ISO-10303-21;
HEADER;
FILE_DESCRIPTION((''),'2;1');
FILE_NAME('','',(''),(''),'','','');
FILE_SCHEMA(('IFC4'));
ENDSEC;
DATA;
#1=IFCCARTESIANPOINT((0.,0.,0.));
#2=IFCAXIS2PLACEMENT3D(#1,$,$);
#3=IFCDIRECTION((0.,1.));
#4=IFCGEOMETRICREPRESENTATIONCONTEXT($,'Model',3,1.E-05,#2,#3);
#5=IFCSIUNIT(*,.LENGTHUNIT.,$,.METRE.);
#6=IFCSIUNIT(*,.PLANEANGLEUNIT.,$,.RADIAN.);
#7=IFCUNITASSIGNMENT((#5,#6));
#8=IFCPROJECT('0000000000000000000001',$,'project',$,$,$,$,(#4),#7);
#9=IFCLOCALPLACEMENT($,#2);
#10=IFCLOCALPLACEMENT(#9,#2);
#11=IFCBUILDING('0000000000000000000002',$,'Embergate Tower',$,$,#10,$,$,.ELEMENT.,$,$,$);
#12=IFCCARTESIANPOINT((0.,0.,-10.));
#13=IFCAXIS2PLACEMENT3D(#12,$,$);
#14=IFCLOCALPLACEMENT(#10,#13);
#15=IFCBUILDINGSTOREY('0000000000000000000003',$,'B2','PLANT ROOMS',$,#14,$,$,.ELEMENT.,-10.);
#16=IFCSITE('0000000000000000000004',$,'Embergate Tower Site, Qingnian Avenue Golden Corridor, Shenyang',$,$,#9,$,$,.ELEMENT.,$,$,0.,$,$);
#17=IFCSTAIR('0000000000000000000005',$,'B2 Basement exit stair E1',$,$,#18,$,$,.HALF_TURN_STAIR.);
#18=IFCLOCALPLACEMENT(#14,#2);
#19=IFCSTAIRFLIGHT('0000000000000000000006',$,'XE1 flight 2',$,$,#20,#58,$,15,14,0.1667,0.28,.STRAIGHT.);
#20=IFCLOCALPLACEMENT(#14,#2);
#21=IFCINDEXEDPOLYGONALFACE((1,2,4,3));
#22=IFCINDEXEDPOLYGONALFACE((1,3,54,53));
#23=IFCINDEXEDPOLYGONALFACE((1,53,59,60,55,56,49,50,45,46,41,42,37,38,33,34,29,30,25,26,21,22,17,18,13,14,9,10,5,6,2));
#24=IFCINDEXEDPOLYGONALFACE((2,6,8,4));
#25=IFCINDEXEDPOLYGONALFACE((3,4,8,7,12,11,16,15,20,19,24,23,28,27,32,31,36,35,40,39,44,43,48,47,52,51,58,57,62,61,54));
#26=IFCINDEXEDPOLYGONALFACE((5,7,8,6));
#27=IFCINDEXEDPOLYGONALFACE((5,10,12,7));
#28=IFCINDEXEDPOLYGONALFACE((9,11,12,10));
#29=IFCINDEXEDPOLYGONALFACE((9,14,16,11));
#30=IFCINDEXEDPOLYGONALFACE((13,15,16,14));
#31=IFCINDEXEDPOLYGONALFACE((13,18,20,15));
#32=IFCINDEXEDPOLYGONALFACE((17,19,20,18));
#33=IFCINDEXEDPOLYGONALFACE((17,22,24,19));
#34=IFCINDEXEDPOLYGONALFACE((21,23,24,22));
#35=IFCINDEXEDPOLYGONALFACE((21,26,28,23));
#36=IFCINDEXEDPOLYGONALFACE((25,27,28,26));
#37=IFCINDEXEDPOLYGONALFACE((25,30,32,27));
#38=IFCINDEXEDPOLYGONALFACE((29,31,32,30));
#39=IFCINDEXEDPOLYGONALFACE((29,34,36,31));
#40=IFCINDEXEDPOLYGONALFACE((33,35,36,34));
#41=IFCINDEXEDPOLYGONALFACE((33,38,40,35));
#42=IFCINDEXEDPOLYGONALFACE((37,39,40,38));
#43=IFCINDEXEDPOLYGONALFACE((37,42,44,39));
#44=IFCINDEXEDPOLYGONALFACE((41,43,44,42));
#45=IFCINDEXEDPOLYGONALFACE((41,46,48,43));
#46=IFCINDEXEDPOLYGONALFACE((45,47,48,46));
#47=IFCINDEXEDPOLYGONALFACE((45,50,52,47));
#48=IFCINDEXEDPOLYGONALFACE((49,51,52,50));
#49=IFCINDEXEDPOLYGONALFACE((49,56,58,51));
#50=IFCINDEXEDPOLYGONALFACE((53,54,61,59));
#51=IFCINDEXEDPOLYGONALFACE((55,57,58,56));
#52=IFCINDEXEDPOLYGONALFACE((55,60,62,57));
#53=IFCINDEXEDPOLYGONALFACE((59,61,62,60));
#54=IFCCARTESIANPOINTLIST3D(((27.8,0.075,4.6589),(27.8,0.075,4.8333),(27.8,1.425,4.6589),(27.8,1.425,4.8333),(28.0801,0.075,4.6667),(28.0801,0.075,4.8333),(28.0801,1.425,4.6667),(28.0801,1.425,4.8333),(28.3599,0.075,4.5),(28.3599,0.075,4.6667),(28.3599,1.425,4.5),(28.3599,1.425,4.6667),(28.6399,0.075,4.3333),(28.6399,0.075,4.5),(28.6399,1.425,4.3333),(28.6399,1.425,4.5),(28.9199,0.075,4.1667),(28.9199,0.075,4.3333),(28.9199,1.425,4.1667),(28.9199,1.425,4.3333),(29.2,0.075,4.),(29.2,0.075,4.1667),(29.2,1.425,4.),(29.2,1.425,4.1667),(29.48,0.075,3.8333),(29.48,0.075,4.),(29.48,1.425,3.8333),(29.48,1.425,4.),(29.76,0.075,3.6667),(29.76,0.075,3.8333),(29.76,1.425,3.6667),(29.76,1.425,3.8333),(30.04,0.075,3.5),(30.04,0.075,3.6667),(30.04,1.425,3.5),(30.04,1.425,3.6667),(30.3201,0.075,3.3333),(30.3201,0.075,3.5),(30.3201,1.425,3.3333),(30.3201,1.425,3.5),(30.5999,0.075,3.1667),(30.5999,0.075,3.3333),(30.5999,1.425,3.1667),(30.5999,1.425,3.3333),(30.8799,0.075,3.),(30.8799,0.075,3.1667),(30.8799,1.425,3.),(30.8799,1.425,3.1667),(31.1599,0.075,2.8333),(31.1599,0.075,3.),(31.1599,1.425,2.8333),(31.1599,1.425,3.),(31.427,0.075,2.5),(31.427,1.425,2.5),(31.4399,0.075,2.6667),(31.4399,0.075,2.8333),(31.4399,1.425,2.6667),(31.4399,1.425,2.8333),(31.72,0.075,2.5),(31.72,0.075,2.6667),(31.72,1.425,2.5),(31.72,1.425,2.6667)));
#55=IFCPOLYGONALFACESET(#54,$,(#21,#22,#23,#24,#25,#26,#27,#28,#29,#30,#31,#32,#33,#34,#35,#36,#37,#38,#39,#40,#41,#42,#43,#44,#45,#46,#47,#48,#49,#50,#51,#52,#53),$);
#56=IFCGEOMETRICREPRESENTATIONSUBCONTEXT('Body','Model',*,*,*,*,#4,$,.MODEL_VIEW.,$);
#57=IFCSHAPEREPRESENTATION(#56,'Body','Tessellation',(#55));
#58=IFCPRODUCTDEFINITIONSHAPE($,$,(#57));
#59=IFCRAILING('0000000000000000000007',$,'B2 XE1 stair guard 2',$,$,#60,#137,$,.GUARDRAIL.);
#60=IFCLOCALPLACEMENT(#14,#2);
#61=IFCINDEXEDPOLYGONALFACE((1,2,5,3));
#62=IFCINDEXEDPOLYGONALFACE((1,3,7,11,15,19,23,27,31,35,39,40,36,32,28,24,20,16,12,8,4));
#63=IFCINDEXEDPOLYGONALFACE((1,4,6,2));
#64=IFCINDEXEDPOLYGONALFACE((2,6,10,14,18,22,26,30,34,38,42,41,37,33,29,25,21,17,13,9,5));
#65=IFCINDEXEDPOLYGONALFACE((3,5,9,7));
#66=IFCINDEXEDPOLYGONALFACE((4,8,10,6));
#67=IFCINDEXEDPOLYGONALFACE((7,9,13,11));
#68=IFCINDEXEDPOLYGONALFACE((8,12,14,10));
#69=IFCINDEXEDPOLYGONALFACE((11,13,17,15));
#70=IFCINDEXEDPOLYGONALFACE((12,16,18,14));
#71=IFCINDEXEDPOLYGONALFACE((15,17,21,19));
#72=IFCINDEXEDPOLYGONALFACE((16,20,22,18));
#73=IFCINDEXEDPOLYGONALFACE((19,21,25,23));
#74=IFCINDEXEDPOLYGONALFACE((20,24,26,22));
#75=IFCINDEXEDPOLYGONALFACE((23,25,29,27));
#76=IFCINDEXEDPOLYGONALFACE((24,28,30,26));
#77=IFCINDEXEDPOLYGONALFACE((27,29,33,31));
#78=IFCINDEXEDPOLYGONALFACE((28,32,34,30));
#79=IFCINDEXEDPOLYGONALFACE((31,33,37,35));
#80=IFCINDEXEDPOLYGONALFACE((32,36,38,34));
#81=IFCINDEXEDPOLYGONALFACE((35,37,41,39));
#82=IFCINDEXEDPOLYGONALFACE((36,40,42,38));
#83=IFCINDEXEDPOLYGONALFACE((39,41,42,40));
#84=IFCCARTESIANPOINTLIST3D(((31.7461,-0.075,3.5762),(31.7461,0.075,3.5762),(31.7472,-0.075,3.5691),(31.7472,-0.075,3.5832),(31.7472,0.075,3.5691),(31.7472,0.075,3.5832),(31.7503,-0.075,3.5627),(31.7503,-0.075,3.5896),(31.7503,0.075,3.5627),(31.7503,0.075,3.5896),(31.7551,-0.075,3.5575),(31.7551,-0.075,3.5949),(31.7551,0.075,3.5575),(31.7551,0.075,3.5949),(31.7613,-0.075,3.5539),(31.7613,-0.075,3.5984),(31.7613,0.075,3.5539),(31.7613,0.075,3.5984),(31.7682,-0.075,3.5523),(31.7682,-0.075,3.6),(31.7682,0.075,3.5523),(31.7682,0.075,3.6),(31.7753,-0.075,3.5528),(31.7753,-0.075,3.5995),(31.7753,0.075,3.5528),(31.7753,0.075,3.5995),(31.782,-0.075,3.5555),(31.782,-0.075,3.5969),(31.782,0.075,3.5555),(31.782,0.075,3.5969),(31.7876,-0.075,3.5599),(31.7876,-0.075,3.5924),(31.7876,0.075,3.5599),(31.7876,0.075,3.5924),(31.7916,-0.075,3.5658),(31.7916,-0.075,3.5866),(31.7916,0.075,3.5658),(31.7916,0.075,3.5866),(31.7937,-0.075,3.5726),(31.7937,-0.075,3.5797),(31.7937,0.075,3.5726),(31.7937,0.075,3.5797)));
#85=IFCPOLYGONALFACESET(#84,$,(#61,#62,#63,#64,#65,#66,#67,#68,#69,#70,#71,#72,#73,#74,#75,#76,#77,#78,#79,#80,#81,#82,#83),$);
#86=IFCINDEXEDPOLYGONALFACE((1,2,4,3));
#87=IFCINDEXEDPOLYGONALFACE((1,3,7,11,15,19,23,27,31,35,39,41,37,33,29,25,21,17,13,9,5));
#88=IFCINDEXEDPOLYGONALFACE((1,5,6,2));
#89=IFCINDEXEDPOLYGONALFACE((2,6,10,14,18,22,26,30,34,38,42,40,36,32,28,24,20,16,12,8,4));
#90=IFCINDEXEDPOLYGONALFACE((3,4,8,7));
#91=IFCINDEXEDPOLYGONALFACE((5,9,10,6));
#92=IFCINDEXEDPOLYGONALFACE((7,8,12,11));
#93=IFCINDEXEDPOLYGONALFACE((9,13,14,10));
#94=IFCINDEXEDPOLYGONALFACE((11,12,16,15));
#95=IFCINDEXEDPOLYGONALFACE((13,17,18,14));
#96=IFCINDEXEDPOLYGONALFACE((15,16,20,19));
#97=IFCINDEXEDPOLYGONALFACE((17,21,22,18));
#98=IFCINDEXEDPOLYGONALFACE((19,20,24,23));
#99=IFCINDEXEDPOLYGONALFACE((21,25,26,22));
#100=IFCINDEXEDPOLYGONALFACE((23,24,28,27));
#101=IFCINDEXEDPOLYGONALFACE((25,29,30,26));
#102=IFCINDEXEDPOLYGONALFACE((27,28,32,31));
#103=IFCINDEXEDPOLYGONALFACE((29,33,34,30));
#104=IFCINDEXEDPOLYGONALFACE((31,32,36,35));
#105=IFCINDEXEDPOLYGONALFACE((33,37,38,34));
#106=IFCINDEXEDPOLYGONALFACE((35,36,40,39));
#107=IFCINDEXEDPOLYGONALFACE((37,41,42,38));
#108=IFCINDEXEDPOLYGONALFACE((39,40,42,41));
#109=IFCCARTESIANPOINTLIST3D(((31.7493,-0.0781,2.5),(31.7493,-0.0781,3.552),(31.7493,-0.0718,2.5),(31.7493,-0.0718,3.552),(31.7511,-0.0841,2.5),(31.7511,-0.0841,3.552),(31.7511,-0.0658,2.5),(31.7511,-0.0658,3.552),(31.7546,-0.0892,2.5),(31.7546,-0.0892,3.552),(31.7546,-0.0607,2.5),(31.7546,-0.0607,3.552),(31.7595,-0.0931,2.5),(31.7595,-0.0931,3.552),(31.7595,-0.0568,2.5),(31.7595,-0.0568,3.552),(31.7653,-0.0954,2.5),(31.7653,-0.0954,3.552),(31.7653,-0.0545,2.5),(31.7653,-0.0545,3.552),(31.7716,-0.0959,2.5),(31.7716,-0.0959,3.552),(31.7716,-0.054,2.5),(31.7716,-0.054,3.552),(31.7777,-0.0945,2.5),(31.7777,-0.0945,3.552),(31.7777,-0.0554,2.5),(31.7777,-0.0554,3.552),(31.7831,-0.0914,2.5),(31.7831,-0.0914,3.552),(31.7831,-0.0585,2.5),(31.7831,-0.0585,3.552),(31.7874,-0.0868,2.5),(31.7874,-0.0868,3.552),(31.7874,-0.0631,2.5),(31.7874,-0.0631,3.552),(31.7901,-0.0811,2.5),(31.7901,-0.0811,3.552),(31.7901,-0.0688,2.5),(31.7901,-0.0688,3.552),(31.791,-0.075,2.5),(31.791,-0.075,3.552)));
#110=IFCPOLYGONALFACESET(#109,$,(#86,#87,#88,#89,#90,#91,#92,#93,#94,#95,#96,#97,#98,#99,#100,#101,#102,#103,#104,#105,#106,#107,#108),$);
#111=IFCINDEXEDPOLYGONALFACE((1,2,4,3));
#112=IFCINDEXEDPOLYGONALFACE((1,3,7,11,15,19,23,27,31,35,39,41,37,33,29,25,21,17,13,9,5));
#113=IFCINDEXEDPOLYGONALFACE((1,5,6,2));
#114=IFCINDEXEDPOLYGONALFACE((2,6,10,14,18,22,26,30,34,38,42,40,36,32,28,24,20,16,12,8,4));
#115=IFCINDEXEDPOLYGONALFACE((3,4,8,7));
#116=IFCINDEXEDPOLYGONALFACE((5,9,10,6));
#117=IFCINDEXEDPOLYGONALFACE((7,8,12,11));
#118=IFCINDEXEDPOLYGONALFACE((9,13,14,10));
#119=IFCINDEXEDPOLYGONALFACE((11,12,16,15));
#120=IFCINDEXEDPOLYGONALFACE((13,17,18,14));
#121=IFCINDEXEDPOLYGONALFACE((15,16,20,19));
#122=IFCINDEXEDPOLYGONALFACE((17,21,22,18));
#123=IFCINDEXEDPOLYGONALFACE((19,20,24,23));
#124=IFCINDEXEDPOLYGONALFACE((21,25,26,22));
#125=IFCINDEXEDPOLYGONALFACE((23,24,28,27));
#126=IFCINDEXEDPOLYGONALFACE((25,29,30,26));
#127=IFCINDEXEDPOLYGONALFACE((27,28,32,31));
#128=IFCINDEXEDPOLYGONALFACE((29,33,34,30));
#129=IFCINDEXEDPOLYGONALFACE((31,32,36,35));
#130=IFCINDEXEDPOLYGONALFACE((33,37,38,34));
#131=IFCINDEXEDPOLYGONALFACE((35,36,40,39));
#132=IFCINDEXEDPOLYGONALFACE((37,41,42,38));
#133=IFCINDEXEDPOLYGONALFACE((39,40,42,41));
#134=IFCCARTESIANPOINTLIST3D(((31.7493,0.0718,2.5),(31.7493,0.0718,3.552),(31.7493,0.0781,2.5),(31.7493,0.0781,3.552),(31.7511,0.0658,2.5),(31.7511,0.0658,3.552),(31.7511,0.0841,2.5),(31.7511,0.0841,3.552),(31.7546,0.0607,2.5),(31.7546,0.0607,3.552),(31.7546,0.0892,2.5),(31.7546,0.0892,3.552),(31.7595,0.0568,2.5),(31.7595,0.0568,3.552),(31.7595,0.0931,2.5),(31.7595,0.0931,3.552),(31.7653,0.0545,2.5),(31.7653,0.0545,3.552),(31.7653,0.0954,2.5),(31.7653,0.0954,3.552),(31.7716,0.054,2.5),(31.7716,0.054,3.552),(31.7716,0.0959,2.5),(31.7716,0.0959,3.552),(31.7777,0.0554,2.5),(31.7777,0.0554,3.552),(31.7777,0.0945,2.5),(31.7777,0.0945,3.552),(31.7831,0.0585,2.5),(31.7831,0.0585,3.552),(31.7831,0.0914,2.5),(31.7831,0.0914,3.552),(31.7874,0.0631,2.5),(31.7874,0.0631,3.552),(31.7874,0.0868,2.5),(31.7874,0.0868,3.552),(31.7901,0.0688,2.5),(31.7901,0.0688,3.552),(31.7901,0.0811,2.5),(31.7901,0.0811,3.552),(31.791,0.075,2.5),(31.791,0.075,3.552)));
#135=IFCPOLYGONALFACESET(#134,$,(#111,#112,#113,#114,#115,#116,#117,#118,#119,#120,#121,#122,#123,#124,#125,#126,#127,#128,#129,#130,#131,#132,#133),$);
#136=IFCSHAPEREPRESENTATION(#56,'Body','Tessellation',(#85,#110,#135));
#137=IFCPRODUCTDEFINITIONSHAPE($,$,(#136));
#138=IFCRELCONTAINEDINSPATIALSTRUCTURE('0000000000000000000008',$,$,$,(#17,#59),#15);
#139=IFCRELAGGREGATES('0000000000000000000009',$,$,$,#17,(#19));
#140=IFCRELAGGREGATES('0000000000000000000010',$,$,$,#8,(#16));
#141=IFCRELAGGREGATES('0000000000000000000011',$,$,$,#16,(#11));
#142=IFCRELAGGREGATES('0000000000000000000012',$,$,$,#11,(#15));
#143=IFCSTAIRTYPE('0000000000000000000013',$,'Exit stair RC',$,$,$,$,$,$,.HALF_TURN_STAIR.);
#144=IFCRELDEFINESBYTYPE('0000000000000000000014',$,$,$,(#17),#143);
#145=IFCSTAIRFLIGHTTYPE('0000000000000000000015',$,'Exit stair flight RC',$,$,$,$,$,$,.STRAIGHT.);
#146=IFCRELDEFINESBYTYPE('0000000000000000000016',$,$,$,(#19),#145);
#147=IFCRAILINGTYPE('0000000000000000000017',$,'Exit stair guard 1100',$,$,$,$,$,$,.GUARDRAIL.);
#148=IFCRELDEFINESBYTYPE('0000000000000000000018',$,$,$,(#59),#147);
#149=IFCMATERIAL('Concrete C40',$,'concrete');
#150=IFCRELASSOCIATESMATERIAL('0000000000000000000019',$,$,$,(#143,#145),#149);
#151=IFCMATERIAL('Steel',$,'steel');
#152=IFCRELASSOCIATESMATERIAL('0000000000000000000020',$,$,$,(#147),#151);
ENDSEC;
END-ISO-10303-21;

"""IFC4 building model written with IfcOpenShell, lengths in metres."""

from ifc_helpers import new_model, si_unit, direction, frame, origin, origin_2d, place, context, subcontext, project, spatial, polyline, circle, outline, extrude, source, transform, mapped, material, type_object, element, aggregate, save


model = new_model("IFC4")

# Units and contexts
model_context = context("Model", 3, precision=1e-05, world=origin(), true_north=direction((0.0, 1.0)))
body_context = subcontext(model_context, "Body", "Model", "MODEL_VIEW")
ifc_project = project(units=[si_unit("LENGTHUNIT", "METRE"), si_unit("PLANEANGLEUNIT", "RADIAN")], contexts=[model_context])

# Site, building, storey
site_placement = place(None, origin())
site = spatial("IfcSite", under=ifc_project, at=site_placement, Name="Embergate Tower Site, Qingnian Avenue Golden Corridor, Shenyang", CompositionType="ELEMENT", RefElevation=0.0)
building_placement = place(site_placement, origin())
building = spatial("IfcBuilding", under=site, at=building_placement, Name="Embergate Tower", CompositionType="ELEMENT")
storey_placement = place(building_placement, frame((0.0, 0.0, -10.0)))
storey = spatial("IfcBuildingStorey", under=building, at=storey_placement, Name="B2", Description="PLANT ROOMS", CompositionType="ELEMENT", Elevation=-10.0)

# Shared definitions
ifc_material_1 = material(Name="Concrete C40", Category="concrete")

# Stair
stair_type = type_object("IfcStairType", Name="Exit stair RC", PredefinedType="HALF_TURN_STAIR", material=ifc_material_1)
stair_placement = place(storey_placement, origin())
stair = element("IfcStair", 1, at=stair_placement, inside=storey, type_object=stair_type, Name="B2 Basement exit stair E1", PredefinedType="HALF_TURN_STAIR")

# Stair flight
stair_flight_type = type_object("IfcStairFlightType", Name="Exit stair flight RC", PredefinedType="STRAIGHT", material=ifc_material_1)
shared_shape_1 = source(origin(), body_context, "Body", "SweptSolid", [
    extrude(outline(polyline([(0.0, 0.0), (0.0, 0.1667), (0.28, 0.1667), (0.28, 0.3333), (0.5601, 0.3333), (0.5601, 0.5), (0.8401, 0.5), (0.8401, 0.6667), (1.1201, 0.6667), (1.1201, 0.8333), (1.3999, 0.8333), (1.3999, 1.0), (1.6799, 1.0), (1.6799, 1.1667), (1.96, 1.1667), (1.96, 1.3333), (2.24, 1.3333), (2.24, 1.5), (2.52, 1.5), (2.52, 1.6667), (2.8, 1.6667), (2.8, 1.8333), (3.0801, 1.8333), (3.0801, 2.0), (3.3601, 2.0), (3.3601, 2.1667), (3.6399, 2.1667), (3.6399, 2.3333), (3.9199, 2.3333), (3.9199, 2.5), (3.9199, 2.1589), (0.293, 0.0), (0.0, 0.0)])), frame((0.0, 0.675, 0.0), z_axis=(0.0, -1.0, 0.0), x_axis=(1.0, 0.0, 0.0)), (0.0, 0.0, 1.0), 1.3501),
])
stair_flight_1_placement = place(storey_placement, frame((31.72, 0.75, 2.5), z_axis=(0.0, 0.0, 1.0), x_axis=(-1.0, 0.0, 0.0)))
stair_flight_1 = element("IfcStairFlight", 2, at=stair_flight_1_placement, type_object=stair_flight_type, Name="XE1 flight 2", NumberOfRisers=15, NumberOfTreads=14, PredefinedType="STRAIGHT", RiserHeight=0.1667, TreadLength=0.28, context=body_context, shape_type="MappedRepresentation", body=[
    mapped(shared_shape_1, transform((0.0, 0.0, 0.0))),
])
aggregate(stair, [stair_flight_1])

# Railing
ifc_material_2 = material(Name="Steel", Category="steel")
railing_type_1 = type_object("IfcRailingType", Name="Exit stair guard 1100", PredefinedType="GUARDRAIL", material=ifc_material_2)
shared_shape_2 = source(origin(), body_context, "Body", "SweptSolid", [
    extrude(circle(Radius=0.0239, at=origin_2d()), frame((0.0, 0.0, 1.0762), z_axis=(0.0, 1.0, 0.0), x_axis=(-1.0, 0.0, 0.0)), (0.0, 0.0, 1.0), 0.1499),
    extrude(circle(Radius=0.021, at=origin_2d()), origin(), (0.0, 0.0, 1.0), 1.052),
    extrude(circle(Radius=0.021, at=origin_2d()), frame((0.0, 0.1499, 0.0)), (0.0, 0.0, 1.0), 1.052),
])
for number, where, name in (
    (3, (31.77, -0.075, 2.5), "B2 XE1 stair guard 2"),
):
    element("IfcRailing", number, at=place(storey_placement, frame(where)), inside=storey, type_object=railing_type_1, Name=name, PredefinedType="GUARDRAIL", context=body_context, shape_type="MappedRepresentation", body=[
        mapped(shared_shape_2, transform((0.0, 0.0, 0.0))),
    ])

save(model, "model.ifc")
